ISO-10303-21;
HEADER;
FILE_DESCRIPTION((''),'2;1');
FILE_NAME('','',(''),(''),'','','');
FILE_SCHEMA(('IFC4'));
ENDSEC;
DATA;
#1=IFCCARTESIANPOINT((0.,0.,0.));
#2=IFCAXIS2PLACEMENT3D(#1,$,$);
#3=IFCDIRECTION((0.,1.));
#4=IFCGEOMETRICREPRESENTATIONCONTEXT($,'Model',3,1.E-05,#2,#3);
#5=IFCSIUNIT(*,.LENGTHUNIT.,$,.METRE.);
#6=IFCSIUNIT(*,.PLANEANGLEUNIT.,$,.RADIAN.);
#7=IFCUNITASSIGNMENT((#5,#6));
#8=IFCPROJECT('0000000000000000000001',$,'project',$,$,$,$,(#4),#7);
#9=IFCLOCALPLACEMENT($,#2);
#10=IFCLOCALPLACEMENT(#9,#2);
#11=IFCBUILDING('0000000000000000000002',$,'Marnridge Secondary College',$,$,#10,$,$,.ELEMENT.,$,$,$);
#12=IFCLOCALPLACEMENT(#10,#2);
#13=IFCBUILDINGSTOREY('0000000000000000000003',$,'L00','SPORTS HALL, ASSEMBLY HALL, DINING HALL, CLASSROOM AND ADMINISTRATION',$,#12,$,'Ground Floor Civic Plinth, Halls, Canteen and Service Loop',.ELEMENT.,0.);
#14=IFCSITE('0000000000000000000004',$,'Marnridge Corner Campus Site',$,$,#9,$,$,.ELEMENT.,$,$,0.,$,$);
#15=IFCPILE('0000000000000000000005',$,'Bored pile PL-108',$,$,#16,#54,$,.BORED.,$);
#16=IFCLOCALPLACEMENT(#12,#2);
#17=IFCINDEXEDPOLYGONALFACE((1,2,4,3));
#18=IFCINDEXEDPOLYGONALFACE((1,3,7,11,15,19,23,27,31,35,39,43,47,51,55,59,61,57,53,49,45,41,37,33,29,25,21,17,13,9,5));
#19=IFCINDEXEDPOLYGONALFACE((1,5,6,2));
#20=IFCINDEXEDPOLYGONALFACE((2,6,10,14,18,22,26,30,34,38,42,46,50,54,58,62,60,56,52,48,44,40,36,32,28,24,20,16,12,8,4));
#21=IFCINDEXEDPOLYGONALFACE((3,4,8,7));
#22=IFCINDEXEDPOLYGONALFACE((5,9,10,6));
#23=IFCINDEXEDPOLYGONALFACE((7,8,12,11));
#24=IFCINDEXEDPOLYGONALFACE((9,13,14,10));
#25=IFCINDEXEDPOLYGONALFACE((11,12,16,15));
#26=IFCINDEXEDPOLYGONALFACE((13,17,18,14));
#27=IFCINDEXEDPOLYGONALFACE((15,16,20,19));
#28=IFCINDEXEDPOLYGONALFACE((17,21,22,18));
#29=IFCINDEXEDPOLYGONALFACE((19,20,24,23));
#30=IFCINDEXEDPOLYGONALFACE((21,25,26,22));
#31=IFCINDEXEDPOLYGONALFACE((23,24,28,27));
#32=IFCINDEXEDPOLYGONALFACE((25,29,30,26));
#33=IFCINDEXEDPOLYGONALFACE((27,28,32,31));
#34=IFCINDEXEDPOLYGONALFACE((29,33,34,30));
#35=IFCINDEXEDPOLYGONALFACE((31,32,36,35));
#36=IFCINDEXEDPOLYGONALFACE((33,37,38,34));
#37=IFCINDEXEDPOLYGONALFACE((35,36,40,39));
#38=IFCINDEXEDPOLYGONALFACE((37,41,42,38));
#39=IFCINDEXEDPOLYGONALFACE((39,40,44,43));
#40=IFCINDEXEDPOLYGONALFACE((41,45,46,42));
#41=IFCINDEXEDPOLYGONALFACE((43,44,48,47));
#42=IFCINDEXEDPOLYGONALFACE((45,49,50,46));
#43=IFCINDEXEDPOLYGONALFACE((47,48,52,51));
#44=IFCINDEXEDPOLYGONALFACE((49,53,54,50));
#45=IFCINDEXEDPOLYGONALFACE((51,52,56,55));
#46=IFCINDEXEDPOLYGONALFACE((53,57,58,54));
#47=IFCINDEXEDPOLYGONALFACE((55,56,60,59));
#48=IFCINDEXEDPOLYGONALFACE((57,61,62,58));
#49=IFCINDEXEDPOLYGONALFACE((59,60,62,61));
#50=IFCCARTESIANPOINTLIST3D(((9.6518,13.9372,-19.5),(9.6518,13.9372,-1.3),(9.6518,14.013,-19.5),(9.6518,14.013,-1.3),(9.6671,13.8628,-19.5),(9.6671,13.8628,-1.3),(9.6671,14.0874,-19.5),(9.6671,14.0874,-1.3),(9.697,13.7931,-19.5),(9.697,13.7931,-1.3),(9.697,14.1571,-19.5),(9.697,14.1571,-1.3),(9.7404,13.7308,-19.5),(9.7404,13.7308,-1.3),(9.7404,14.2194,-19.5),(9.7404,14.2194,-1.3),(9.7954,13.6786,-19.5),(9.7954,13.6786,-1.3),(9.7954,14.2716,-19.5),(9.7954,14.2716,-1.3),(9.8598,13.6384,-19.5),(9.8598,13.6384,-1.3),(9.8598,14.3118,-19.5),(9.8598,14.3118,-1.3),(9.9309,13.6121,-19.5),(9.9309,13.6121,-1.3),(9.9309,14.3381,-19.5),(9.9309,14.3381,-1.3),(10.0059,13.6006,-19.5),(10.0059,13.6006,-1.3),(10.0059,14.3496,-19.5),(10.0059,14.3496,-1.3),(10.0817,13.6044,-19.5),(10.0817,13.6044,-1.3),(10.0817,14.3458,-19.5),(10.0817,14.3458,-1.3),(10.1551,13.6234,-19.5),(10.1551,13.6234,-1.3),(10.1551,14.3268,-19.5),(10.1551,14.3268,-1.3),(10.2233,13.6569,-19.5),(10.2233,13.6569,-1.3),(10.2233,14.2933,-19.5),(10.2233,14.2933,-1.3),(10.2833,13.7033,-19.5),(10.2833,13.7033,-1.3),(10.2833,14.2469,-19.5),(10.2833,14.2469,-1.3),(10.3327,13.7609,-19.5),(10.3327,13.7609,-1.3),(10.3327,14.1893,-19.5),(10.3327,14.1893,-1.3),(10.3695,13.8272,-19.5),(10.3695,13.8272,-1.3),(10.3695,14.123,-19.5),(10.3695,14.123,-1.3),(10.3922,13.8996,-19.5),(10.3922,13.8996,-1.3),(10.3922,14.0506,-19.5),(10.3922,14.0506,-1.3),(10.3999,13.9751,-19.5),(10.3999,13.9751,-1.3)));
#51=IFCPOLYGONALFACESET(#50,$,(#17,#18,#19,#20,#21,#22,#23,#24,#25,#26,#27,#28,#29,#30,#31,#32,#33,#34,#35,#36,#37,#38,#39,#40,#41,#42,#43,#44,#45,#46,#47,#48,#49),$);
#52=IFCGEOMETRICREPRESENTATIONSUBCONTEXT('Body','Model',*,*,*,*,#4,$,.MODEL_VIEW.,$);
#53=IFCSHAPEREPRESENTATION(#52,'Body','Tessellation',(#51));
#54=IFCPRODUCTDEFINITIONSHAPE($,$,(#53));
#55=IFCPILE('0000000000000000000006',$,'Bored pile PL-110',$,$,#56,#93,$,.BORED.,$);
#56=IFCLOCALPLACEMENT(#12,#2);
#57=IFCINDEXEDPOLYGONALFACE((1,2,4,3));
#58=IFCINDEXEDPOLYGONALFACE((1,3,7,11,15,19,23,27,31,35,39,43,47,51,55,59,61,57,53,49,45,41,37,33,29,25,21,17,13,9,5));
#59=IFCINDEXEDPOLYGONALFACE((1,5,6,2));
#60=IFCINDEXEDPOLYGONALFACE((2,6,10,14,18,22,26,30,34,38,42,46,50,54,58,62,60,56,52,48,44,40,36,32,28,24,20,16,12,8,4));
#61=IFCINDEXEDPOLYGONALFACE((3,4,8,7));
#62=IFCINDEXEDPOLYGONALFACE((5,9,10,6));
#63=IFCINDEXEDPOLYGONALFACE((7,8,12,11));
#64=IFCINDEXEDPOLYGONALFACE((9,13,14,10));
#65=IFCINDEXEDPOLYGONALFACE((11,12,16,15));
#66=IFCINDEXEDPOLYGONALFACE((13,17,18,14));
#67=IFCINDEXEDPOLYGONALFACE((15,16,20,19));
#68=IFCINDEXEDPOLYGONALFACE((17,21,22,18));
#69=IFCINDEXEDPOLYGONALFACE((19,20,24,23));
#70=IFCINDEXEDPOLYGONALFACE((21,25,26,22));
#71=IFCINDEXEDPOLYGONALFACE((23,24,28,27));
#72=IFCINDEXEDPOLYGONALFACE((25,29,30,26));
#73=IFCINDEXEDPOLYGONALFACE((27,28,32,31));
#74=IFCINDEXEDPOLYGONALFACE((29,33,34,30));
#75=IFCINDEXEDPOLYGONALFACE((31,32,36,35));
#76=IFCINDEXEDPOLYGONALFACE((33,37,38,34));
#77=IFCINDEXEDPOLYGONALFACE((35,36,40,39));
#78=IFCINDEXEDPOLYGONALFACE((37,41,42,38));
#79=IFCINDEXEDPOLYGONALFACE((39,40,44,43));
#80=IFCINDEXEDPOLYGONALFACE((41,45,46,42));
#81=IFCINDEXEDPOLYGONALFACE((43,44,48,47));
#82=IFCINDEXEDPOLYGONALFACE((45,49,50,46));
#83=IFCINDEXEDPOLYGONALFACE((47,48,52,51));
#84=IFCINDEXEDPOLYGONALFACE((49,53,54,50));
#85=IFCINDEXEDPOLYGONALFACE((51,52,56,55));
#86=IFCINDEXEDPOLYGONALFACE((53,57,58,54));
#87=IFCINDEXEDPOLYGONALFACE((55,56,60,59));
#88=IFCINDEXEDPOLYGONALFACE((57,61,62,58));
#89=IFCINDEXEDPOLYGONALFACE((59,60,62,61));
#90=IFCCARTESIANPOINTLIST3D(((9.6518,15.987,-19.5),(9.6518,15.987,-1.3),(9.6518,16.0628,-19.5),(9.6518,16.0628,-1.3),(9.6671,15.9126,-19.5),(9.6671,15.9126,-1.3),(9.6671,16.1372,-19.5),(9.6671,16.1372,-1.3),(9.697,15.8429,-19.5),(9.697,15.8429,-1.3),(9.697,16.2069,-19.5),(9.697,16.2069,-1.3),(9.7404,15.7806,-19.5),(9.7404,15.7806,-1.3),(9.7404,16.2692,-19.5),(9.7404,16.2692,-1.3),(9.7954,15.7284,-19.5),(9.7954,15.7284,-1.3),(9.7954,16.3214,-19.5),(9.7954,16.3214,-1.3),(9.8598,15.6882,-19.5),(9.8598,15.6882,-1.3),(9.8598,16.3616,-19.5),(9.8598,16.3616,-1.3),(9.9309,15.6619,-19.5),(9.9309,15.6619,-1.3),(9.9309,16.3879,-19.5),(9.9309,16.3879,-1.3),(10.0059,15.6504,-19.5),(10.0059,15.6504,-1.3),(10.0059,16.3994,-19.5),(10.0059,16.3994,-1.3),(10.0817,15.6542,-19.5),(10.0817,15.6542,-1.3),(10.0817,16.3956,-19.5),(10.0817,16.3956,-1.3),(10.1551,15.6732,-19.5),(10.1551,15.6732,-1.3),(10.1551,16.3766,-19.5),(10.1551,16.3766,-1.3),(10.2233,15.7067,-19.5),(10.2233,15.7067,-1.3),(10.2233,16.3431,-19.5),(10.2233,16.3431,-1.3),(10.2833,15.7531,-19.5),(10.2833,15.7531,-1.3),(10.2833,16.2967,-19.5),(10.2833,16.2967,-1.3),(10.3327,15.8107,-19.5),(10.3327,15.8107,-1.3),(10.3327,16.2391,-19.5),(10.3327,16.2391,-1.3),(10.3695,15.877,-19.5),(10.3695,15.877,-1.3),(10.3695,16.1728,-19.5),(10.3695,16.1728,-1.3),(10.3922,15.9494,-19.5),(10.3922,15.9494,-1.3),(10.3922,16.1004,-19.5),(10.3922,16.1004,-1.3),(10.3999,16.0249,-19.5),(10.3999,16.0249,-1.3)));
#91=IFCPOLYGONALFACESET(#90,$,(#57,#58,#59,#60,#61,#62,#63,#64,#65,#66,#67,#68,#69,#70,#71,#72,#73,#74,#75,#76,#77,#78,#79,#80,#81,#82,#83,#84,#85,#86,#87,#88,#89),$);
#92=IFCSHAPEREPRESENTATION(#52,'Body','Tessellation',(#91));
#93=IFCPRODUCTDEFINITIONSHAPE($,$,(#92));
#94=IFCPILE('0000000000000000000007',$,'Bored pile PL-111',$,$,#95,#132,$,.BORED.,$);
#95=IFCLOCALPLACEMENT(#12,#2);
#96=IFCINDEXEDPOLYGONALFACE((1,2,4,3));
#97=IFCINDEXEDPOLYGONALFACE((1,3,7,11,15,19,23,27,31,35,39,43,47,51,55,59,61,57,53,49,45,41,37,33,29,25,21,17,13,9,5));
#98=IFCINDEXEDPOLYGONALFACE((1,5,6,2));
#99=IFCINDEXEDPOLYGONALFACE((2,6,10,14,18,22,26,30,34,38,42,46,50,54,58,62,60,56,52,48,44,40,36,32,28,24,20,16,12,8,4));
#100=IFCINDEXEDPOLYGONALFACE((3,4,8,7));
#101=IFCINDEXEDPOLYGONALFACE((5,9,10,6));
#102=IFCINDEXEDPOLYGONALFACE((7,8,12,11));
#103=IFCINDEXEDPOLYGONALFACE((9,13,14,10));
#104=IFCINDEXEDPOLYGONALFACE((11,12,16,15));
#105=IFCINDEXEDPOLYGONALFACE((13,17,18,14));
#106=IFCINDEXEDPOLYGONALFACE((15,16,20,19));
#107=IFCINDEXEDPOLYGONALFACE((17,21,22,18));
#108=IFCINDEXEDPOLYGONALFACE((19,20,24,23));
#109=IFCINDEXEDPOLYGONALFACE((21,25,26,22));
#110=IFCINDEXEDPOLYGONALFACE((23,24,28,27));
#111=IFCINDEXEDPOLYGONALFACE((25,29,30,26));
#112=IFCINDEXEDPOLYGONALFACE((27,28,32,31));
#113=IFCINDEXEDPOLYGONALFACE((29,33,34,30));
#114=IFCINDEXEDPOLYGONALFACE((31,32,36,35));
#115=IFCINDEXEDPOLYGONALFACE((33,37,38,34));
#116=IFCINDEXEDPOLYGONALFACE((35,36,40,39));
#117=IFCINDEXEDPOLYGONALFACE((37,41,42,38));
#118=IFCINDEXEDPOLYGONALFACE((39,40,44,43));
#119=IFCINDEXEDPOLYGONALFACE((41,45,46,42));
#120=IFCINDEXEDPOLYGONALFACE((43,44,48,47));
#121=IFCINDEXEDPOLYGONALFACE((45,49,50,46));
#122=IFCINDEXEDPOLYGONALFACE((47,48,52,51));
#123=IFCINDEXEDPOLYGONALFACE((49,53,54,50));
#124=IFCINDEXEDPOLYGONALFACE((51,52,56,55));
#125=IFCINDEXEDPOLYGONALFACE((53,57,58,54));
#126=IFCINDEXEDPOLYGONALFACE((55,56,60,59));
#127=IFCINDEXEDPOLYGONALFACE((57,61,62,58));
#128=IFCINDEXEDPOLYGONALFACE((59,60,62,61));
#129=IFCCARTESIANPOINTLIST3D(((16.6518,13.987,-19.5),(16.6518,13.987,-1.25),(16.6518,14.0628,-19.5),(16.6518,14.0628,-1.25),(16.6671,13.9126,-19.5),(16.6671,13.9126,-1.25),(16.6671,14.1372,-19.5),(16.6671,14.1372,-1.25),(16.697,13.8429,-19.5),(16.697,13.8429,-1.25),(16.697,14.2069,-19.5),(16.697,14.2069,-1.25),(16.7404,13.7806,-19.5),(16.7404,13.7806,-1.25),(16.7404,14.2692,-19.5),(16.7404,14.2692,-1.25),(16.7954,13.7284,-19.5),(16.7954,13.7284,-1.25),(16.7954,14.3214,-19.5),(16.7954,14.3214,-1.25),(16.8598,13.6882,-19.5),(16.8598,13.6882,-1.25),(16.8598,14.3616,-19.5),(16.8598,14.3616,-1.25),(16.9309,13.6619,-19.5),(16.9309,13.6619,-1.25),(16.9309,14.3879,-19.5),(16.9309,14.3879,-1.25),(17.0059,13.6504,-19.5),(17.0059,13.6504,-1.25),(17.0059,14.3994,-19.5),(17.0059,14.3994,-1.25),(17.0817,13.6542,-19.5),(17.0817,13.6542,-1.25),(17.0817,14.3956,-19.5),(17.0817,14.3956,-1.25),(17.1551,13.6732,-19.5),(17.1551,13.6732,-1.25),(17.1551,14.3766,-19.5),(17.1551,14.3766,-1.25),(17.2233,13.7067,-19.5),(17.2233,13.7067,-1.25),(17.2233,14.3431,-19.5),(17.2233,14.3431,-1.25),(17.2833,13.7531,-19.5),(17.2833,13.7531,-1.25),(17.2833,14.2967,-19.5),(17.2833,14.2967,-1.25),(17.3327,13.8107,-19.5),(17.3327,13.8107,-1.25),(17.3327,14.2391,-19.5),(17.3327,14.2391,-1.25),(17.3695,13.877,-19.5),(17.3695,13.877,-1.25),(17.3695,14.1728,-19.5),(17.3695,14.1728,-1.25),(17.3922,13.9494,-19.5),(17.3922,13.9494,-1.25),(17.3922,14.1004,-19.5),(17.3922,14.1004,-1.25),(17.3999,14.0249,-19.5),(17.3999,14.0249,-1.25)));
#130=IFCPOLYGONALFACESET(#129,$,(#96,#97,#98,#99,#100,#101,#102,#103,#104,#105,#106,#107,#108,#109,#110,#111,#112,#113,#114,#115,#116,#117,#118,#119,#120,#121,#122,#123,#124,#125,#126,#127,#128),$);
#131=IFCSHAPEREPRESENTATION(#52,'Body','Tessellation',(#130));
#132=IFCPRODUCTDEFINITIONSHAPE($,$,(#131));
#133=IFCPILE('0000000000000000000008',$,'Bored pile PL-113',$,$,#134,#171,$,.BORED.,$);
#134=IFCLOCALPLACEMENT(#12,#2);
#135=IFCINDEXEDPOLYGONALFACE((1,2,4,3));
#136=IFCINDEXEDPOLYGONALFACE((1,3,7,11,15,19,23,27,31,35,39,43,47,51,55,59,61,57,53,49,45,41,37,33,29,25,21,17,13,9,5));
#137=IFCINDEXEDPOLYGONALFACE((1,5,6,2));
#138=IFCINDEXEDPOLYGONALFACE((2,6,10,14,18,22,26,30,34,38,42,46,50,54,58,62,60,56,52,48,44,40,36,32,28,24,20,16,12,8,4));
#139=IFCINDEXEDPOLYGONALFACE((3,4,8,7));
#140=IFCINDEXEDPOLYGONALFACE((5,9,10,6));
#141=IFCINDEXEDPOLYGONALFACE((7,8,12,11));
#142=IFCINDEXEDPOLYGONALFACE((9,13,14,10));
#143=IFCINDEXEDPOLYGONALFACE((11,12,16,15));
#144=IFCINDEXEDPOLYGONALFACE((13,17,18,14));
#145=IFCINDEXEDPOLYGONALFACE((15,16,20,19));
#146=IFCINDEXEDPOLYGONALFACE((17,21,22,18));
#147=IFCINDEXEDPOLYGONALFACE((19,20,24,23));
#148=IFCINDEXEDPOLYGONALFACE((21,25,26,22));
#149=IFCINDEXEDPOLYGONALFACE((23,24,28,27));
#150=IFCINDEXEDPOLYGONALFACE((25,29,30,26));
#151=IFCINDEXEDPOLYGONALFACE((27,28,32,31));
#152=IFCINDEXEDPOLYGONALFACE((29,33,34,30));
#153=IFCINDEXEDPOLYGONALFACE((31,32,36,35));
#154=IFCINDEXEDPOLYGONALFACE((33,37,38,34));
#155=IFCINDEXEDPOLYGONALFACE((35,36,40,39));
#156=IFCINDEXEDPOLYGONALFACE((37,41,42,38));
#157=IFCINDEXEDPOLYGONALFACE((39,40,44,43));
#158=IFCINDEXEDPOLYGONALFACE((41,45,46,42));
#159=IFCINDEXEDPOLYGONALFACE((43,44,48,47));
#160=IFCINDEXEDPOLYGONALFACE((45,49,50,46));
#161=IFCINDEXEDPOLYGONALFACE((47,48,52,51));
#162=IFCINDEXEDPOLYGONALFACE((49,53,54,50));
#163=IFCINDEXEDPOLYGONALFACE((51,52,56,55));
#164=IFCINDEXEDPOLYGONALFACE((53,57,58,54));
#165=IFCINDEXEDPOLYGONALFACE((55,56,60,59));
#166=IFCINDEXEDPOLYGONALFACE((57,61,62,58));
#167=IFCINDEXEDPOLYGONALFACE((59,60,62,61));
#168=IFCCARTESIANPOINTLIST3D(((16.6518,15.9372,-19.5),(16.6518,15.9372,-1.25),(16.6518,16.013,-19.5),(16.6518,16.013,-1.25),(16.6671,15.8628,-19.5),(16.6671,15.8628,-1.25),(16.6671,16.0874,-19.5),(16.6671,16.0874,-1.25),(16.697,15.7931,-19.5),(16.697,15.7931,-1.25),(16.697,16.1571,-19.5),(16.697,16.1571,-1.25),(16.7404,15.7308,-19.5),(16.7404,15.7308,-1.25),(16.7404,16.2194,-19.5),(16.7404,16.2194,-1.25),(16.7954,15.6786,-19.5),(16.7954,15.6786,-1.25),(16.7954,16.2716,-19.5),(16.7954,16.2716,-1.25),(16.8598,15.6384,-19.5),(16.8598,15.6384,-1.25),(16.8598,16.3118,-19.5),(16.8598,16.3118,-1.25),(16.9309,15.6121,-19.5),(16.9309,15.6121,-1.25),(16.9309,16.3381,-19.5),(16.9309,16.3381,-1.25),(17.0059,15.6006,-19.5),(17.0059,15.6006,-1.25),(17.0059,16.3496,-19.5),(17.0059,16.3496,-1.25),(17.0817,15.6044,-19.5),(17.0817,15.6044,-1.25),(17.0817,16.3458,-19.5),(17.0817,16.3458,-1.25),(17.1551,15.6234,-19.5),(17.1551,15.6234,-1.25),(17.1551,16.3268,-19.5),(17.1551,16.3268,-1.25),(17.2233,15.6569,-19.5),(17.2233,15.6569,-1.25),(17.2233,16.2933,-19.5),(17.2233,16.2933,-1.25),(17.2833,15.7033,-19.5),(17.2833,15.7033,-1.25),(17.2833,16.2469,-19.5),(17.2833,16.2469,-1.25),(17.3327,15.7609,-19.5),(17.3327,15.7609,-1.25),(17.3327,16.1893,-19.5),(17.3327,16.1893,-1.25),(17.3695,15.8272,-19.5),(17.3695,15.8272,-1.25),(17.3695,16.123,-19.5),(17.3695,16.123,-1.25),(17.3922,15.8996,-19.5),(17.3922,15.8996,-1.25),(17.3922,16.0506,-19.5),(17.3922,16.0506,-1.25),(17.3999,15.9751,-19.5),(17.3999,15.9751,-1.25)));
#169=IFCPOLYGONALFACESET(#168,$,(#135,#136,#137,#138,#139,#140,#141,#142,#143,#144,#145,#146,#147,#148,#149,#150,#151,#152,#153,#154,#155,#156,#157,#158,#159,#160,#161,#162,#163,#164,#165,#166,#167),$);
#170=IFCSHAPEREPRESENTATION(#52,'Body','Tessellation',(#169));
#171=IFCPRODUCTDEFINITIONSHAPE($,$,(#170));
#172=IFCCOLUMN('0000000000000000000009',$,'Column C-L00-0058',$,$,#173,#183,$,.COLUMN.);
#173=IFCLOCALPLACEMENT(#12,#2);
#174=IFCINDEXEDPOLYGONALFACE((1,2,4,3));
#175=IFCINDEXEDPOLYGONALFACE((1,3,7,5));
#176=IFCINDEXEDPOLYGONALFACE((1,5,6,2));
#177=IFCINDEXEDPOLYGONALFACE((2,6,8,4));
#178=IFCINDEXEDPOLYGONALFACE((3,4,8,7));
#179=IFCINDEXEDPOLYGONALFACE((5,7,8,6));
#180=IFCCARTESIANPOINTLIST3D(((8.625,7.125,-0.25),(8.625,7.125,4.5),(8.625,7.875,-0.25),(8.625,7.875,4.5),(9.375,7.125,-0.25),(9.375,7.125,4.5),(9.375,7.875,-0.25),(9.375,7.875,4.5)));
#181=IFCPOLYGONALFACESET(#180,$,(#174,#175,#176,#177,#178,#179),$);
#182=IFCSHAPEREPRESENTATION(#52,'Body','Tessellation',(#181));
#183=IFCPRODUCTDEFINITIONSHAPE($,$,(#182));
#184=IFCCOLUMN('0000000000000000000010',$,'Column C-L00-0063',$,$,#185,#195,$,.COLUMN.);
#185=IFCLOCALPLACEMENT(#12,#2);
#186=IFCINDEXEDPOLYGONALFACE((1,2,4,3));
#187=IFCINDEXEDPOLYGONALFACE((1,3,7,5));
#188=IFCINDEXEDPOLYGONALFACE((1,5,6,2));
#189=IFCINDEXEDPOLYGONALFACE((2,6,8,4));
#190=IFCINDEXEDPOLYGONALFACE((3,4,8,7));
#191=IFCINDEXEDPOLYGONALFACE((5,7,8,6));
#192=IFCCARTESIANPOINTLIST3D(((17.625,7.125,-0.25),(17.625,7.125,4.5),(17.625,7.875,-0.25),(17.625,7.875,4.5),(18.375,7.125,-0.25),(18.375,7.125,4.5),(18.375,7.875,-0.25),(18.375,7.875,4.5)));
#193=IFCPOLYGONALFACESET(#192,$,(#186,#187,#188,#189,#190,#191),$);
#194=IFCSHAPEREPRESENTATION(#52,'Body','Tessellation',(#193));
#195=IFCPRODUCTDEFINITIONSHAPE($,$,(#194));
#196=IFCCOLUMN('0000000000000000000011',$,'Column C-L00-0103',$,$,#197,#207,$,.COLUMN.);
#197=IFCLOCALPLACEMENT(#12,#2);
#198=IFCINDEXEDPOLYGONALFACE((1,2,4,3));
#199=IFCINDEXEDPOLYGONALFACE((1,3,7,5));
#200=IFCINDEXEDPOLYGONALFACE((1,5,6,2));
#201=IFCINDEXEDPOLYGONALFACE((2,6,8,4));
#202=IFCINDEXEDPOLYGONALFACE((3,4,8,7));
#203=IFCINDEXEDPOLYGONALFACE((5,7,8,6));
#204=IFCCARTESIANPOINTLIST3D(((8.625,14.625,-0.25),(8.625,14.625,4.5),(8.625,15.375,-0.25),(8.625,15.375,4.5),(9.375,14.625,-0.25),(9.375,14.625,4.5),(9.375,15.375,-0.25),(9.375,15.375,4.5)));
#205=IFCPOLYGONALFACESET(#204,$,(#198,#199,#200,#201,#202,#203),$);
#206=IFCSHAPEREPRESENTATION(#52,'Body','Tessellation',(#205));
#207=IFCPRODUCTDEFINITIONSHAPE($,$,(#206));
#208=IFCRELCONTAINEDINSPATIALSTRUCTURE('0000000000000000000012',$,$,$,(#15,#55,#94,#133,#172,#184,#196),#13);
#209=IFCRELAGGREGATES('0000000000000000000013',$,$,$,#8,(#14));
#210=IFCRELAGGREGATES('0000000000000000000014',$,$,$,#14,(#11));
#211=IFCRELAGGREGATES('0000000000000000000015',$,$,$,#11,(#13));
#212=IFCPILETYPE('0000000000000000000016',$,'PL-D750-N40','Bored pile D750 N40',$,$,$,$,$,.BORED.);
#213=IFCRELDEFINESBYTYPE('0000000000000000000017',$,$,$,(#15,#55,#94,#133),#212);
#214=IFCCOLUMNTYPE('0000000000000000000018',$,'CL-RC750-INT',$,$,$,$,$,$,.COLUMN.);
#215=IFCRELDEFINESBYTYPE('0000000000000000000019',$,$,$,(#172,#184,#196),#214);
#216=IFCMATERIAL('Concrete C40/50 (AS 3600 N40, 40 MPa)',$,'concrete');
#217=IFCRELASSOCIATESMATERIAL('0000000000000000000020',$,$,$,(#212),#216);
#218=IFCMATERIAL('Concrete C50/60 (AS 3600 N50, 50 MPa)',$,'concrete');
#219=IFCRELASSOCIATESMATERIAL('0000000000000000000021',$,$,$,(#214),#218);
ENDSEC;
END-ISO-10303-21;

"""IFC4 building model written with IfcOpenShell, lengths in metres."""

from ifc_helpers import new_model, si_unit, direction, frame, origin, origin_2d, place, context, subcontext, project, spatial, rectangle, circle, extrude, material, material_profile, profile_set, type_object, element, save


model = new_model("IFC4")

# Units and contexts
model_context = context("Model", 3, precision=1e-05, world=origin(), true_north=direction((0.0, 1.0)))
body_context = subcontext(model_context, "Body", "Model", "MODEL_VIEW")
ifc_project = project(units=[si_unit("LENGTHUNIT", "METRE"), si_unit("PLANEANGLEUNIT", "RADIAN")], contexts=[model_context])

# Site, building, storey
site_placement = place(None, origin())
site = spatial("IfcSite", under=ifc_project, at=site_placement, Name="Marnridge Corner Campus Site", CompositionType="ELEMENT", RefElevation=0.0)
building_placement = place(site_placement, origin())
building = spatial("IfcBuilding", under=site, at=building_placement, Name="Marnridge Secondary College", CompositionType="ELEMENT")
storey_placement = place(building_placement, origin())
storey = spatial("IfcBuildingStorey", under=building, at=storey_placement, Name="L00", Description="SPORTS HALL, ASSEMBLY HALL, DINING HALL, CLASSROOM AND ADMINISTRATION", LongName="Ground Floor Civic Plinth, Halls, Canteen and Service Loop", CompositionType="ELEMENT", Elevation=0.0)

# Piles
ifc_material_1 = material(Name="Concrete C40/50 (AS 3600 N40, 40 MPa)", Category="concrete")
ifc_material_profile_1 = material_profile(ifc_material_1, circle(Radius=0.375, at=origin_2d()), Name="PILE D750")
ifc_profile_set_1 = profile_set([ifc_material_profile_1], Name="Concrete C40/50 (AS 3600 N40, 40 MPa)")
pile_type = type_object("IfcPileType", Name="PL-D750-N40", Description="Bored pile D750 N40", PredefinedType="BORED", material=ifc_profile_set_1)
for number, where, z_axis, x_axis, name in (
    (1, (10.0249, 13.9751, -1.3), (0.0, 0.0, -1.0), (1.0, 0.0, 0.0), "Bored pile PL-108"),
    (2, (10.0249, 16.0249, -1.3), (0.0, 0.0, -1.0), (1.0, 0.0, 0.0), "Bored pile PL-110"),
):
    element("IfcPile", number, at=place(storey_placement, frame(where, z_axis=z_axis, x_axis=x_axis)), inside=storey, type_object=pile_type, Name=name, PredefinedType="BORED", context=body_context, shape_type="SweptSolid", body=[
        extrude(circle(Radius=0.375, at=origin_2d()), origin(), (0.0, 0.0, 1.0), 18.2),
    ])
for number, where, z_axis, x_axis, name in (
    (3, (17.0249, 14.0249, -1.25), (0.0, 0.0, -1.0), (1.0, 0.0, 0.0), "Bored pile PL-111"),
    (4, (17.0249, 15.9751, -1.25), (0.0, 0.0, -1.0), (1.0, 0.0, 0.0), "Bored pile PL-113"),
):
    element("IfcPile", number, at=place(storey_placement, frame(where, z_axis=z_axis, x_axis=x_axis)), inside=storey, type_object=pile_type, Name=name, PredefinedType="BORED", context=body_context, shape_type="SweptSolid", body=[
        extrude(circle(Radius=0.375, at=origin_2d()), origin(), (0.0, 0.0, 1.0), 18.25),
    ])

# Columns
ifc_material_2 = material(Name="Concrete C50/60 (AS 3600 N50, 50 MPa)", Category="concrete")
ifc_material_profile_2 = material_profile(ifc_material_2, rectangle(XDim=0.75, YDim=0.75, at=origin_2d()), Name="RC 750x750")
ifc_profile_set_2 = profile_set([ifc_material_profile_2], Name="Concrete C50/60 (AS 3600 N50, 50 MPa)")
column_type = type_object("IfcColumnType", Name="CL-RC750-INT", PredefinedType="COLUMN", material=ifc_profile_set_2)
for number, where, z_axis, x_axis, name in (
    (5, (9.0, 7.5, -0.25), (0.0, 0.0, 1.0), (1.0, 0.0, 0.0), "Column C-L00-0058"),
    (6, (18.0, 7.5, -0.25), (0.0, 0.0, 1.0), (1.0, 0.0, 0.0), "Column C-L00-0063"),
    (7, (9.0, 15.0, -0.25), (0.0, 0.0, 1.0), (1.0, 0.0, 0.0), "Column C-L00-0103"),
):
    element("IfcColumn", number, at=place(storey_placement, frame(where, z_axis=z_axis, x_axis=x_axis)), inside=storey, type_object=column_type, Name=name, PredefinedType="COLUMN", context=body_context, shape_type="SweptSolid", body=[
        extrude(rectangle(XDim=0.75, YDim=0.75, at=origin_2d()), origin(), (0.0, 0.0, 1.0), 4.75),
    ])

save(model, "model.ifc")
